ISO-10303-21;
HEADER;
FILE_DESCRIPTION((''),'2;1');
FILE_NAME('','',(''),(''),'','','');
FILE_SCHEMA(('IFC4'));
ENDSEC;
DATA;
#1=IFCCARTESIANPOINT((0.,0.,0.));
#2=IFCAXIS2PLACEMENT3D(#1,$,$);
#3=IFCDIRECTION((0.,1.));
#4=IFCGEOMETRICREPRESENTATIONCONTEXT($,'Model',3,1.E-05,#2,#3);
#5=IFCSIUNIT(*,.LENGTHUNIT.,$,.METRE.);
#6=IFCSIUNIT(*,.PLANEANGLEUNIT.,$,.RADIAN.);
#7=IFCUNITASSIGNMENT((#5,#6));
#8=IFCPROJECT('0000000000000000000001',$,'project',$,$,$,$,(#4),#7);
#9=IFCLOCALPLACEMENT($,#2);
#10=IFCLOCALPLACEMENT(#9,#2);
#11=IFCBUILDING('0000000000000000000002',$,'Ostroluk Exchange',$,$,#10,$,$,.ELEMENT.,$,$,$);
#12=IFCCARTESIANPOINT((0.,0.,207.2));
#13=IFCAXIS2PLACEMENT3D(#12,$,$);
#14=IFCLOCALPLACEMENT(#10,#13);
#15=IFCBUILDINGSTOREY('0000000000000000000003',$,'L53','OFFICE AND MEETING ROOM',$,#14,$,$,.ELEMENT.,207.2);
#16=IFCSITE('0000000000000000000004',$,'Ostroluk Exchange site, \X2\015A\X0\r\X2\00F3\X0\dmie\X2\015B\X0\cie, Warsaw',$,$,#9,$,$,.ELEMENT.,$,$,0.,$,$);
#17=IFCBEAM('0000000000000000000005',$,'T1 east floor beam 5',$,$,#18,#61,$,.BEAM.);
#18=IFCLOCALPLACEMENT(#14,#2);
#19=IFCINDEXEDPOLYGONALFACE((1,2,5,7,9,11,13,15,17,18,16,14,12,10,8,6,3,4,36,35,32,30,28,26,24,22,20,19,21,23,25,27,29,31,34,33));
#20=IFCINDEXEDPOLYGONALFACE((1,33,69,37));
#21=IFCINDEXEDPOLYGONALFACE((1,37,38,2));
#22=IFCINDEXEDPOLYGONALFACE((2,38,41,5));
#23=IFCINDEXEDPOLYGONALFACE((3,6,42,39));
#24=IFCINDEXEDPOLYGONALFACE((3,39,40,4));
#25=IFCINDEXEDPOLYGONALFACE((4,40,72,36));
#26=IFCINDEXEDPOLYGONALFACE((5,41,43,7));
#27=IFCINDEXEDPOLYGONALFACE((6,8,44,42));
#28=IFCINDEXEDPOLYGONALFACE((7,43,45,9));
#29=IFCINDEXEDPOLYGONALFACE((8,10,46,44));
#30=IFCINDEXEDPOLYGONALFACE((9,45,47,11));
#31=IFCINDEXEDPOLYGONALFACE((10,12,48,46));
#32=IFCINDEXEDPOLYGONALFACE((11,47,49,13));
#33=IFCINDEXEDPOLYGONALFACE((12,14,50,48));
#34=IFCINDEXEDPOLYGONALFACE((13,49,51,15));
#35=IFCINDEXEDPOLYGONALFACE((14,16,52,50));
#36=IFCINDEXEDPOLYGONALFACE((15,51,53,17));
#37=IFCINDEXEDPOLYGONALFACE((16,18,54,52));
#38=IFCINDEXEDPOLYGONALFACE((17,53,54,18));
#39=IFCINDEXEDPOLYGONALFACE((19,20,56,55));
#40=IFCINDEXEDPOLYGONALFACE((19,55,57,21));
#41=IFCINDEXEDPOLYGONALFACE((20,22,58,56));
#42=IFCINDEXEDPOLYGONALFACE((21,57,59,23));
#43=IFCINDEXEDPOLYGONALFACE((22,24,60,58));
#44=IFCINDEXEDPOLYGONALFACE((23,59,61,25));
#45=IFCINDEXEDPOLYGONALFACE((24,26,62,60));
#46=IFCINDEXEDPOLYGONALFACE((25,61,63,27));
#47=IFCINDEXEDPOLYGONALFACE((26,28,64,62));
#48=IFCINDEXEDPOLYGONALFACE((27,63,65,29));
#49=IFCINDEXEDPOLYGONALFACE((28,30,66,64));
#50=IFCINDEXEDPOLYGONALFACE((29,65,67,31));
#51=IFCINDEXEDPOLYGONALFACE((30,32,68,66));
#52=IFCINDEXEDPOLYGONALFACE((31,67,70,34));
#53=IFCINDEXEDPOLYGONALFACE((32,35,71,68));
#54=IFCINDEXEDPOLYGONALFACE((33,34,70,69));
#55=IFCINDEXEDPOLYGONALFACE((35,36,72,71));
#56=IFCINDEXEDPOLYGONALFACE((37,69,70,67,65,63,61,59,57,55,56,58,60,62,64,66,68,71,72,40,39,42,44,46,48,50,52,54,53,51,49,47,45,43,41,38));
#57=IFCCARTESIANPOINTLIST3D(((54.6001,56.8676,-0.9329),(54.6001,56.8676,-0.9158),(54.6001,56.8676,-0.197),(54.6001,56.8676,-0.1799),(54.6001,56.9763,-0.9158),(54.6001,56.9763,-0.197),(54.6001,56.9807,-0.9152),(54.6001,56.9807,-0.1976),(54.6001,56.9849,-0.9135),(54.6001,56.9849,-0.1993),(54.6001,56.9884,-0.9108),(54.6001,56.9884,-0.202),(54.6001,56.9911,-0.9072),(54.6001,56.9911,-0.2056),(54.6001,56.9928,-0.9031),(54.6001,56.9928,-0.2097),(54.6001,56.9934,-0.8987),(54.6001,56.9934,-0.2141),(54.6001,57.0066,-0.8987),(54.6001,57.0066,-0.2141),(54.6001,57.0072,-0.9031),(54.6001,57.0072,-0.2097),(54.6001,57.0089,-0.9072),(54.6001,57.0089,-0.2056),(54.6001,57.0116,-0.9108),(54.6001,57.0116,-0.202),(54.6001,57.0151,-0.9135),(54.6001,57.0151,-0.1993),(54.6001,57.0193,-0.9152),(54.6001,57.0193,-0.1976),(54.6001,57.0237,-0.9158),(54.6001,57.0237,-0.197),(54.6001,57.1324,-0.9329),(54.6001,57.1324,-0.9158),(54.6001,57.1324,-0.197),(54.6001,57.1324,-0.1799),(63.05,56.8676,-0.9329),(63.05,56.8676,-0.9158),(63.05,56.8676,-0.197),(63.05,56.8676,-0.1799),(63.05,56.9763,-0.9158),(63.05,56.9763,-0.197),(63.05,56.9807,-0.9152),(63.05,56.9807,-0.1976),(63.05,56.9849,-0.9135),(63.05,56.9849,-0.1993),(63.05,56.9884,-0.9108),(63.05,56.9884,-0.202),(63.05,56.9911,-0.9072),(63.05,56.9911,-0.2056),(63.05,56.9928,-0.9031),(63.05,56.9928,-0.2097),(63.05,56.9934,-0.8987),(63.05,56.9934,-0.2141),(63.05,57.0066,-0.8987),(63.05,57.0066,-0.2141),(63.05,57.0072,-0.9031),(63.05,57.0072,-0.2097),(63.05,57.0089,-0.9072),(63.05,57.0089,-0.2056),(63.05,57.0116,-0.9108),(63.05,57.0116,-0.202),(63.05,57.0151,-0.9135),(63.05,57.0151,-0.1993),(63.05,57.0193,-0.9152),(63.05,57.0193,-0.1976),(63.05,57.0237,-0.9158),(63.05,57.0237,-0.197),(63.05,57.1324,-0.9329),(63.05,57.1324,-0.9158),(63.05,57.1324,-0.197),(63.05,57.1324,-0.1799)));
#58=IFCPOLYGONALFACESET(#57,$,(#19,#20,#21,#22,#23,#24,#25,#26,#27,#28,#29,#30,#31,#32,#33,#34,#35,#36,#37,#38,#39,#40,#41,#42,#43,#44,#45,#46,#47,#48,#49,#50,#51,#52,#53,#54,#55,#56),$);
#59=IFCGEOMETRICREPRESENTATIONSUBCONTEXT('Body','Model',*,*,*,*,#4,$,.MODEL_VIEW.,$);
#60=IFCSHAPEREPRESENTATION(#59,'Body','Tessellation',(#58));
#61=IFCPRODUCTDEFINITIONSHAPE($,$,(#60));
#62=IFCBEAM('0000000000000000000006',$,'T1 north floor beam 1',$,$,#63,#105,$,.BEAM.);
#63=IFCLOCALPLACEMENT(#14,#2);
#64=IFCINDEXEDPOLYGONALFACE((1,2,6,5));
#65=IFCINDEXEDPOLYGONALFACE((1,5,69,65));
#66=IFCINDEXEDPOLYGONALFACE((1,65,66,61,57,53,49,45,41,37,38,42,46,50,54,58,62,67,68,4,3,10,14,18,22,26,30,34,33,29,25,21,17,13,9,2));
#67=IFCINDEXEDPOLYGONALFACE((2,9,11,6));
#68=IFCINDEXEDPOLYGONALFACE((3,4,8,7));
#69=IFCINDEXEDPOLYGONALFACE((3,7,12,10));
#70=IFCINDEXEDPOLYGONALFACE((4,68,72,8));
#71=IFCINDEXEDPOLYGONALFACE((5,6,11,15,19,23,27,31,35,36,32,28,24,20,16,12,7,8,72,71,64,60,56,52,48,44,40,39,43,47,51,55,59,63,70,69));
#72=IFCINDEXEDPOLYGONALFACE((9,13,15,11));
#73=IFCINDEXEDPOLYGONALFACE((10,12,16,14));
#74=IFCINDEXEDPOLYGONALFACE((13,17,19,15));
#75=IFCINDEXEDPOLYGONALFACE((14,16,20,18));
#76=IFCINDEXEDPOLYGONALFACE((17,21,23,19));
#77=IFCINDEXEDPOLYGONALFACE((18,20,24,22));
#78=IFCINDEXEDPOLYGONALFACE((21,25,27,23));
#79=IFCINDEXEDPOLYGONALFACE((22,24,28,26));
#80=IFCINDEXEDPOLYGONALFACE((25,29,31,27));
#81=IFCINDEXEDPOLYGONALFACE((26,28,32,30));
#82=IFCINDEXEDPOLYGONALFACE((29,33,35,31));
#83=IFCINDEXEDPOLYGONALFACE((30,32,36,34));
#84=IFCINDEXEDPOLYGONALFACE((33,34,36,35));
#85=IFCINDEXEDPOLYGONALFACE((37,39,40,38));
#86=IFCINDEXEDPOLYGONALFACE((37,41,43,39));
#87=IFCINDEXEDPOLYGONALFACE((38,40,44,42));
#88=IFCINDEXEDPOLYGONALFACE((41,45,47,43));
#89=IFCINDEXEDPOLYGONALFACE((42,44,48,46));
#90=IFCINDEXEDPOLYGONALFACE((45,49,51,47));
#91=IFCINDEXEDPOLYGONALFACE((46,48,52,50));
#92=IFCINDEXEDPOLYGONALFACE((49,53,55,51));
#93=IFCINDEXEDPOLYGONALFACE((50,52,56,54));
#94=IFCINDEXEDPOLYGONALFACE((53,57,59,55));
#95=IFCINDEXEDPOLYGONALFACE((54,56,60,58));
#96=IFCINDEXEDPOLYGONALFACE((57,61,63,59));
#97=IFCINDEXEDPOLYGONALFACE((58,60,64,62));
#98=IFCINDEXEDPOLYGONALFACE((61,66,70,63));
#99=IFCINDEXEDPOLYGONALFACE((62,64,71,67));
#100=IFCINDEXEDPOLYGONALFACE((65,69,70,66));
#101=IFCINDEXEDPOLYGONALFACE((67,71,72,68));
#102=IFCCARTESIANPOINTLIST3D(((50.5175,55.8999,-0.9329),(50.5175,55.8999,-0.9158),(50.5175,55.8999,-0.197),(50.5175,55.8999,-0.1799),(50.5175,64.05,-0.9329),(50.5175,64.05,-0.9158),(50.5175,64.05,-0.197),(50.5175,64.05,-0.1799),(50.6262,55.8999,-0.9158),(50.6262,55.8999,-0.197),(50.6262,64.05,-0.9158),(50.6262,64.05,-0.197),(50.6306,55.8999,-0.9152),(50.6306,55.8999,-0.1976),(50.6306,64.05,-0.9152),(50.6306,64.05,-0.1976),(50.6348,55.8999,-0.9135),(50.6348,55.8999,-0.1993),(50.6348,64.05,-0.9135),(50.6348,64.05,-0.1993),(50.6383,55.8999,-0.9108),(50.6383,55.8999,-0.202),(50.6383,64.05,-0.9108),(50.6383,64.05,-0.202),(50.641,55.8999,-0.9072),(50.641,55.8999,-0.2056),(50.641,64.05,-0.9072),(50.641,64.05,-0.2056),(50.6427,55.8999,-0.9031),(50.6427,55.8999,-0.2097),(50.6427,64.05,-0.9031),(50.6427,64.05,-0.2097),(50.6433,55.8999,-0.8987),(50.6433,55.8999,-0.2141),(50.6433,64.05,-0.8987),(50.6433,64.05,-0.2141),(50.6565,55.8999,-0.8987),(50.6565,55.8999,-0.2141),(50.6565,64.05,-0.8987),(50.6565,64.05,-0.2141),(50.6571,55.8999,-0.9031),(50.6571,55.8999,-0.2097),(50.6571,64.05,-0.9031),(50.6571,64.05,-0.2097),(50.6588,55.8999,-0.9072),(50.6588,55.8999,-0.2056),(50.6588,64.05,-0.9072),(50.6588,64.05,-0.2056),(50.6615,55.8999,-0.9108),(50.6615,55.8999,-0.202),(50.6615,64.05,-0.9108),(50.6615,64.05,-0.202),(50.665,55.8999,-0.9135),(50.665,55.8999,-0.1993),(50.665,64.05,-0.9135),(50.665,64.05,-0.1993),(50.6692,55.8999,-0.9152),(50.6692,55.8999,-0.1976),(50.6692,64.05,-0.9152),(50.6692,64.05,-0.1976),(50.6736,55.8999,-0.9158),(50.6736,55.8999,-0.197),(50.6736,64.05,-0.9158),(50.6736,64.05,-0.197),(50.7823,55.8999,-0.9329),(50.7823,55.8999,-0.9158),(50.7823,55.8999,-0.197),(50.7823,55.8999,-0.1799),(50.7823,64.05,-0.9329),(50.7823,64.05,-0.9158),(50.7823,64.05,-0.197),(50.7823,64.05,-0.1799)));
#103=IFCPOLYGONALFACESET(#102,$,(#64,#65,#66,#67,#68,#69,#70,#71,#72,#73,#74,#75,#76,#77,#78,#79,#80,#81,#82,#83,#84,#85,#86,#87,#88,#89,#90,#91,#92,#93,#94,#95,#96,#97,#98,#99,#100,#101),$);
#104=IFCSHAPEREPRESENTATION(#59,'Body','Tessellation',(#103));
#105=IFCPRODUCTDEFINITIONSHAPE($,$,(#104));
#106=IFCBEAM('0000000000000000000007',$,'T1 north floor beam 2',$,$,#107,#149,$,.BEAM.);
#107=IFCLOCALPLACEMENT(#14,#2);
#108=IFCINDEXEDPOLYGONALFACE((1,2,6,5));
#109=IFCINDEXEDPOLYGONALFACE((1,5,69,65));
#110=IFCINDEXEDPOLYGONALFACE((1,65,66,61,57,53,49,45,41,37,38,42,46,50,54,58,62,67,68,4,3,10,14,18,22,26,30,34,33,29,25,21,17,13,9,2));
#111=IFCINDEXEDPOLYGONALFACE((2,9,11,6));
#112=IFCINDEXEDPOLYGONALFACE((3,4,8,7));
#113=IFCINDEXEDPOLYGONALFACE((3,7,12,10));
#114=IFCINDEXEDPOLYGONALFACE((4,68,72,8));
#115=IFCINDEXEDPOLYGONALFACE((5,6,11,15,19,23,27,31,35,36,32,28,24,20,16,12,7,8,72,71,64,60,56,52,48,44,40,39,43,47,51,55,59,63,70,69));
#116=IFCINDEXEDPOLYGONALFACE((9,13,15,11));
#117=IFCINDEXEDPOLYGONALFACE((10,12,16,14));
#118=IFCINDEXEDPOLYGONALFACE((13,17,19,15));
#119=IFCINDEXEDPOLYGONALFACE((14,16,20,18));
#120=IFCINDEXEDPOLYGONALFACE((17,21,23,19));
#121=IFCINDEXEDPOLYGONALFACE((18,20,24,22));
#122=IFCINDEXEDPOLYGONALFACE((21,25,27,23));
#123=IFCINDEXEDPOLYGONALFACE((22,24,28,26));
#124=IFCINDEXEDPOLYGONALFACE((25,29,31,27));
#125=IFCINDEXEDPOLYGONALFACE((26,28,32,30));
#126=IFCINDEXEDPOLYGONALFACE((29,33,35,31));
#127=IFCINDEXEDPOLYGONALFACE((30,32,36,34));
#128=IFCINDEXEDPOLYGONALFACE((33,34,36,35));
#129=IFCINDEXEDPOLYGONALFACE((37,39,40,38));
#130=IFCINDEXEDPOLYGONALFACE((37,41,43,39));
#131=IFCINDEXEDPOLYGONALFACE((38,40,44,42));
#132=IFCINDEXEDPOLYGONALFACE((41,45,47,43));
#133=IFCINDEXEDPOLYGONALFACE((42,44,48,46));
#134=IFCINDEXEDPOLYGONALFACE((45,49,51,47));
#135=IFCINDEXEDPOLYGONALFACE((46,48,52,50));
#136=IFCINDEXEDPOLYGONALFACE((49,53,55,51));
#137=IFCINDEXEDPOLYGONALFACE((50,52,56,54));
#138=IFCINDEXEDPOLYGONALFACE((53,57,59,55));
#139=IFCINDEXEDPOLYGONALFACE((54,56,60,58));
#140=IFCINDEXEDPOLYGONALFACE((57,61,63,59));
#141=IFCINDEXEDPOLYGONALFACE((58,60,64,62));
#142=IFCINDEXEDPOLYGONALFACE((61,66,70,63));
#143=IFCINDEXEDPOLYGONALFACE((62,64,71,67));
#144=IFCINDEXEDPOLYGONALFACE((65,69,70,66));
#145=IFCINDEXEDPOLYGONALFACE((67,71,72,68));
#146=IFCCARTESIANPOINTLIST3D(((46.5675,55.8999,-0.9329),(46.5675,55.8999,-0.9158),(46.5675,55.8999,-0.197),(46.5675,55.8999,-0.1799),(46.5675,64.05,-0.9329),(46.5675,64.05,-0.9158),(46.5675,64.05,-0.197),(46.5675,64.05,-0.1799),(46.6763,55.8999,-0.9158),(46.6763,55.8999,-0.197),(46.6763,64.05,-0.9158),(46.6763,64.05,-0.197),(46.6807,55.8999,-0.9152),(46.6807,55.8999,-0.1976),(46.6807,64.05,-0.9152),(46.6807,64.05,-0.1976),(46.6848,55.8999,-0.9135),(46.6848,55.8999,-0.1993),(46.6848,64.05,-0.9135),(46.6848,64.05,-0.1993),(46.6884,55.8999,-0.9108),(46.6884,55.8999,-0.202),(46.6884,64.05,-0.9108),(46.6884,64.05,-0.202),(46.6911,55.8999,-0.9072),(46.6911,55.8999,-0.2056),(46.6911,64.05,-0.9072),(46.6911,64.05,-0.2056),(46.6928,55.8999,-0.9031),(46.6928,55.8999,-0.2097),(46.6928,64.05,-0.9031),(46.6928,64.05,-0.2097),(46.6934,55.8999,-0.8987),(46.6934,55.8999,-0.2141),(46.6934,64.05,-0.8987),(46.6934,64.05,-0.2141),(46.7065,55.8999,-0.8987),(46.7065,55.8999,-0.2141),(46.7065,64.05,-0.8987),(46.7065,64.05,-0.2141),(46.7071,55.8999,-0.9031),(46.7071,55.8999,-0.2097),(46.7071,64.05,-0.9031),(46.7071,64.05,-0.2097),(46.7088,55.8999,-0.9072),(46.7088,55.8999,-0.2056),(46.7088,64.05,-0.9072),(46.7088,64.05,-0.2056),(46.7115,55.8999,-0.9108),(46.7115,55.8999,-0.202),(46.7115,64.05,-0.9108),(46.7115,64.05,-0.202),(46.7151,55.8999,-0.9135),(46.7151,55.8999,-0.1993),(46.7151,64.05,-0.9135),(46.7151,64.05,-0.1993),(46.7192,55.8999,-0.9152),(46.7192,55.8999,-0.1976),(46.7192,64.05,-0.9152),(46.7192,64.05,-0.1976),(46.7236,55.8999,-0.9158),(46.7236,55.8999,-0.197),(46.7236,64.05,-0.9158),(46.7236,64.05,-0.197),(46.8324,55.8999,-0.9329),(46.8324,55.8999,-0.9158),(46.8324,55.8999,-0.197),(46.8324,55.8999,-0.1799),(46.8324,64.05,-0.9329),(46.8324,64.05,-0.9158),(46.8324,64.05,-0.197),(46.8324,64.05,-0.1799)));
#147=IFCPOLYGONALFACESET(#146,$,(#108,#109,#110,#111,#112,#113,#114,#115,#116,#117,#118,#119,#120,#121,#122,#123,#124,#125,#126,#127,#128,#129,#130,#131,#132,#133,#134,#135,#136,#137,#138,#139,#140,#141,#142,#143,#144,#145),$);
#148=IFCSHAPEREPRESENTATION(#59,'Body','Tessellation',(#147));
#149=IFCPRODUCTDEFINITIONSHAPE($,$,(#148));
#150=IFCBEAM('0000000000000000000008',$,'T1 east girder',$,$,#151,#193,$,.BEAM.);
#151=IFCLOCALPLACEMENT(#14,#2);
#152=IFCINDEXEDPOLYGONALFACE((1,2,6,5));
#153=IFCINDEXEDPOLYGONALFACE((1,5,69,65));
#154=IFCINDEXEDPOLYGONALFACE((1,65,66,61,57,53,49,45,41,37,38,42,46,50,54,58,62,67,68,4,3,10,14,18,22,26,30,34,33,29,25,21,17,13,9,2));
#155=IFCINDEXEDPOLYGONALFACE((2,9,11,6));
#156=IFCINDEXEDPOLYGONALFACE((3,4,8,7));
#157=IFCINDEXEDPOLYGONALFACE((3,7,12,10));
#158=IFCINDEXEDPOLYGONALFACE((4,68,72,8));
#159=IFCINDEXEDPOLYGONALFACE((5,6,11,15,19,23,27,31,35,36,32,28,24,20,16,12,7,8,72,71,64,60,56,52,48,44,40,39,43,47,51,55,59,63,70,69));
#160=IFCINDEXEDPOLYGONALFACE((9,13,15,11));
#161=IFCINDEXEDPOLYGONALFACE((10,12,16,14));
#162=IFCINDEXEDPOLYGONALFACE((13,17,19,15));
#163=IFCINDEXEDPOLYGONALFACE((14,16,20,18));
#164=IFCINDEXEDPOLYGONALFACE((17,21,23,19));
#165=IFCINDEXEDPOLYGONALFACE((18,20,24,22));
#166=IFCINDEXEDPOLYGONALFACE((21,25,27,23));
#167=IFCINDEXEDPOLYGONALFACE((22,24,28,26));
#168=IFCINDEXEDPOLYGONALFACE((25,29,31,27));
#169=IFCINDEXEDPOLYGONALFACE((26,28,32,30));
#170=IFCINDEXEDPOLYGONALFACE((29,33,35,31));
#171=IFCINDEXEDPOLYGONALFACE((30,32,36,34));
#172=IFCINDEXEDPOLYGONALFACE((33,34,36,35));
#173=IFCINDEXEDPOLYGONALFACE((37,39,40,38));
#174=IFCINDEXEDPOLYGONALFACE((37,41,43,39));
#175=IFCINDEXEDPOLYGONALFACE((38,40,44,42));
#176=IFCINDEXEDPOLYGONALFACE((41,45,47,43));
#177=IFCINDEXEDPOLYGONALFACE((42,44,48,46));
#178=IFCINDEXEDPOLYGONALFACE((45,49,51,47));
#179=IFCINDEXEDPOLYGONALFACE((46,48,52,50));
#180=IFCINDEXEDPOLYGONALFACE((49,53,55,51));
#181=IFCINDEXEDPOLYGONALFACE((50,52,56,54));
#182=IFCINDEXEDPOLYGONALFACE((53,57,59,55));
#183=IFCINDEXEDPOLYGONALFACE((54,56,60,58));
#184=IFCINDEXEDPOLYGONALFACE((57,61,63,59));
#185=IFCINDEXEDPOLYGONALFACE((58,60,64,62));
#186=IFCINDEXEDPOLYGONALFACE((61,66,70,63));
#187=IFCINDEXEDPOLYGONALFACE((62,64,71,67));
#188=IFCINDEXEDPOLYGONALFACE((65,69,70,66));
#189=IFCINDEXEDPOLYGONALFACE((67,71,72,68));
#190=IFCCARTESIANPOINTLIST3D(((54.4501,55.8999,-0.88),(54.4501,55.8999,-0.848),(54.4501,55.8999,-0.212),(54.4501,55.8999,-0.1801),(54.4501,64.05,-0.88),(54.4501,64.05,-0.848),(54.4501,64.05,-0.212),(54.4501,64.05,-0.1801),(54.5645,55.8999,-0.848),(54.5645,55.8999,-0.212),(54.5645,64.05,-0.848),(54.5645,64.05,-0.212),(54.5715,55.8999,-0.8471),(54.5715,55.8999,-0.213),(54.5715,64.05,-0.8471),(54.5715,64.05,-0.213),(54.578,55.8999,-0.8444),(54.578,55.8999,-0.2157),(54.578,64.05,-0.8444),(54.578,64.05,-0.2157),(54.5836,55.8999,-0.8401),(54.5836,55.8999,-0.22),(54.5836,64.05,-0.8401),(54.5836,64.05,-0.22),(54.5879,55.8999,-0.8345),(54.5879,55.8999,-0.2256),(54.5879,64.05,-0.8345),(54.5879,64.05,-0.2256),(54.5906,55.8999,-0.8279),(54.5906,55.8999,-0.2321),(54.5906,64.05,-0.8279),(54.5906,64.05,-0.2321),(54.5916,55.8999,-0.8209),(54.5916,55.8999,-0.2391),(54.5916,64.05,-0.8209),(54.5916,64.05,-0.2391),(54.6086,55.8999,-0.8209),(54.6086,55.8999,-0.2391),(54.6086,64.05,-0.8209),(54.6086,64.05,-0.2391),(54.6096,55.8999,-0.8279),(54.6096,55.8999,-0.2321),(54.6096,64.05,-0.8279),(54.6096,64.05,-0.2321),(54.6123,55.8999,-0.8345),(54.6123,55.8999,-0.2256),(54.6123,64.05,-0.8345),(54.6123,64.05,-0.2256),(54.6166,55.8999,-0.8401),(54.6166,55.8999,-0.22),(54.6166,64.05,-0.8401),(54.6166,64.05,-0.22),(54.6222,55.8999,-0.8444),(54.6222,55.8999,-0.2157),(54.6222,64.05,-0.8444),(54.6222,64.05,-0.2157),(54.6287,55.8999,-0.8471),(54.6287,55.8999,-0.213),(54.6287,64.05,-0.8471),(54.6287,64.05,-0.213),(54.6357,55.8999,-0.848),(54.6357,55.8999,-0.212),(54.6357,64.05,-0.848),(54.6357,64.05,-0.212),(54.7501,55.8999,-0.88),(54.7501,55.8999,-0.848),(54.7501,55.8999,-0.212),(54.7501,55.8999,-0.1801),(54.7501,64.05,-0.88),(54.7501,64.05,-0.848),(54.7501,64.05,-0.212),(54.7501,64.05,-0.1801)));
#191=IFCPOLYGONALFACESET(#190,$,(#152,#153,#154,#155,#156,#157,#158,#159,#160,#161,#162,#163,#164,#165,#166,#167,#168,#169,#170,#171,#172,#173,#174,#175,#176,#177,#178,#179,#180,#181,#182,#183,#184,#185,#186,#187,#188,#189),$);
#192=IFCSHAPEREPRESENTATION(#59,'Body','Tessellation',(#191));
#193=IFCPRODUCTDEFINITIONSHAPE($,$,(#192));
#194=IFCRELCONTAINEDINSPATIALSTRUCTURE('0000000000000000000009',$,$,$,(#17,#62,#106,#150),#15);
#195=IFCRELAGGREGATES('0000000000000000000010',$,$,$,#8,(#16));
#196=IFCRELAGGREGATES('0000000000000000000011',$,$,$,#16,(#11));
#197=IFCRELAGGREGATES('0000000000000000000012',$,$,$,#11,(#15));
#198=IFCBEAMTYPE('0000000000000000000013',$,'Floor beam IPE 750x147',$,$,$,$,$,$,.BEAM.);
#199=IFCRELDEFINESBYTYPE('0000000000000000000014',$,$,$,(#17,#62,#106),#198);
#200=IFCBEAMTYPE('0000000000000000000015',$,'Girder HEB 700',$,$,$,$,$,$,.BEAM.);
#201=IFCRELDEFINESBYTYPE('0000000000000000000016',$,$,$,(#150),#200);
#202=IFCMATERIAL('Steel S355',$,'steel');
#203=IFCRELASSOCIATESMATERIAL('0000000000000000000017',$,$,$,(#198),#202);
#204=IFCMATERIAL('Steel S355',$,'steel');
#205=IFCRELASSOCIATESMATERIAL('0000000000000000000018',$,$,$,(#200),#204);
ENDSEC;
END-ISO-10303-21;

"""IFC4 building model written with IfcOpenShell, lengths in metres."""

from ifc_helpers import new_model, si_unit, direction, frame, origin, origin_2d, place, context, subcontext, project, spatial, i_section, extrude, material, material_profile, profile_set, type_object, element, save


model = new_model("IFC4")

# Units and contexts
model_context = context("Model", 3, precision=1e-05, world=origin(), true_north=direction((0.0, 1.0)))
body_context = subcontext(model_context, "Body", "Model", "MODEL_VIEW")
ifc_project = project(units=[si_unit("LENGTHUNIT", "METRE"), si_unit("PLANEANGLEUNIT", "RADIAN")], contexts=[model_context])

# Site, building, storey
site_placement = place(None, origin())
site = spatial("IfcSite", under=ifc_project, at=site_placement, Name="Ostroluk Exchange site, Śródmieście, Warsaw", CompositionType="ELEMENT", RefElevation=0.0)
building_placement = place(site_placement, origin())
building = spatial("IfcBuilding", under=site, at=building_placement, Name="Ostroluk Exchange", CompositionType="ELEMENT")
storey_placement = place(building_placement, frame((0.0, 0.0, 207.2)))
storey = spatial("IfcBuildingStorey", under=building, at=storey_placement, Name="L53", Description="OFFICE AND MEETING ROOM", CompositionType="ELEMENT", Elevation=207.2)

# Beams
ifc_material_1 = material(Name="Steel S355", Category="steel")
ifc_material_profile_1 = material_profile(ifc_material_1, i_section(OverallWidth=0.2649, OverallDepth=0.7529, WebThickness=0.0132, FlangeThickness=0.0171, FilletRadius=0.0171, at=origin_2d()), Name="IPE 750x147")
ifc_profile_set_1 = profile_set([ifc_material_profile_1], Name="Steel S355")
beam_type_1 = type_object("IfcBeamType", Name="Floor beam IPE 750x147", PredefinedType="BEAM", material=ifc_profile_set_1)
beam_1_placement = place(storey_placement, frame((54.6001, 57.0, -0.5564), z_axis=(1.0, 0.0, 0.0), x_axis=(0.0, 1.0, 0.0)))
element("IfcBeam", 1, at=beam_1_placement, inside=storey, type_object=beam_type_1, Name="T1 east floor beam 5", PredefinedType="BEAM", context=body_context, shape_type="SweptSolid", body=[
    extrude(i_section(OverallWidth=0.2649, OverallDepth=0.7529, WebThickness=0.0132, FlangeThickness=0.0171, FilletRadius=0.0171, at=origin_2d()), origin(), (0.0, 0.0, 1.0), 8.45),
])
for number, where, z_axis, x_axis, name in (
    (2, (50.6499, 55.8999, -0.5564), (0.0, 1.0, 0.0), (-1.0, 0.0, 0.0), "T1 north floor beam 1"),
    (3, (46.7, 55.8999, -0.5564), (0.0, 1.0, 0.0), (-1.0, 0.0, 0.0), "T1 north floor beam 2"),
):
    element("IfcBeam", number, at=place(storey_placement, frame(where, z_axis=z_axis, x_axis=x_axis)), inside=storey, type_object=beam_type_1, Name=name, PredefinedType="BEAM", context=body_context, shape_type="SweptSolid", body=[
        extrude(i_section(OverallWidth=0.2649, OverallDepth=0.7529, WebThickness=0.0132, FlangeThickness=0.0171, FilletRadius=0.0171, at=origin_2d()), origin(), (0.0, 0.0, 1.0), 8.1501),
    ])
ifc_material_2 = material(Name="Steel S355", Category="steel")
ifc_material_profile_2 = material_profile(ifc_material_2, i_section(OverallWidth=0.3, OverallDepth=0.7, WebThickness=0.0171, FlangeThickness=0.032, FilletRadius=0.0271, at=origin_2d()), Name="HEB 700")
ifc_profile_set_2 = profile_set([ifc_material_profile_2], Name="Steel S355")
beam_type_2 = type_object("IfcBeamType", Name="Girder HEB 700", PredefinedType="BEAM", material=ifc_profile_set_2)
beam_2_placement = place(storey_placement, frame((54.6001, 55.8999, -0.53), z_axis=(0.0, 1.0, 0.0), x_axis=(-1.0, 0.0, 0.0)))
element("IfcBeam", 4, at=beam_2_placement, inside=storey, type_object=beam_type_2, Name="T1 east girder", PredefinedType="BEAM", context=body_context, shape_type="SweptSolid", body=[
    extrude(i_section(OverallWidth=0.3, OverallDepth=0.7, WebThickness=0.0171, FlangeThickness=0.032, FilletRadius=0.0271, at=origin_2d()), origin(), (0.0, 0.0, 1.0), 8.1501),
])

save(model, "model.ifc")
